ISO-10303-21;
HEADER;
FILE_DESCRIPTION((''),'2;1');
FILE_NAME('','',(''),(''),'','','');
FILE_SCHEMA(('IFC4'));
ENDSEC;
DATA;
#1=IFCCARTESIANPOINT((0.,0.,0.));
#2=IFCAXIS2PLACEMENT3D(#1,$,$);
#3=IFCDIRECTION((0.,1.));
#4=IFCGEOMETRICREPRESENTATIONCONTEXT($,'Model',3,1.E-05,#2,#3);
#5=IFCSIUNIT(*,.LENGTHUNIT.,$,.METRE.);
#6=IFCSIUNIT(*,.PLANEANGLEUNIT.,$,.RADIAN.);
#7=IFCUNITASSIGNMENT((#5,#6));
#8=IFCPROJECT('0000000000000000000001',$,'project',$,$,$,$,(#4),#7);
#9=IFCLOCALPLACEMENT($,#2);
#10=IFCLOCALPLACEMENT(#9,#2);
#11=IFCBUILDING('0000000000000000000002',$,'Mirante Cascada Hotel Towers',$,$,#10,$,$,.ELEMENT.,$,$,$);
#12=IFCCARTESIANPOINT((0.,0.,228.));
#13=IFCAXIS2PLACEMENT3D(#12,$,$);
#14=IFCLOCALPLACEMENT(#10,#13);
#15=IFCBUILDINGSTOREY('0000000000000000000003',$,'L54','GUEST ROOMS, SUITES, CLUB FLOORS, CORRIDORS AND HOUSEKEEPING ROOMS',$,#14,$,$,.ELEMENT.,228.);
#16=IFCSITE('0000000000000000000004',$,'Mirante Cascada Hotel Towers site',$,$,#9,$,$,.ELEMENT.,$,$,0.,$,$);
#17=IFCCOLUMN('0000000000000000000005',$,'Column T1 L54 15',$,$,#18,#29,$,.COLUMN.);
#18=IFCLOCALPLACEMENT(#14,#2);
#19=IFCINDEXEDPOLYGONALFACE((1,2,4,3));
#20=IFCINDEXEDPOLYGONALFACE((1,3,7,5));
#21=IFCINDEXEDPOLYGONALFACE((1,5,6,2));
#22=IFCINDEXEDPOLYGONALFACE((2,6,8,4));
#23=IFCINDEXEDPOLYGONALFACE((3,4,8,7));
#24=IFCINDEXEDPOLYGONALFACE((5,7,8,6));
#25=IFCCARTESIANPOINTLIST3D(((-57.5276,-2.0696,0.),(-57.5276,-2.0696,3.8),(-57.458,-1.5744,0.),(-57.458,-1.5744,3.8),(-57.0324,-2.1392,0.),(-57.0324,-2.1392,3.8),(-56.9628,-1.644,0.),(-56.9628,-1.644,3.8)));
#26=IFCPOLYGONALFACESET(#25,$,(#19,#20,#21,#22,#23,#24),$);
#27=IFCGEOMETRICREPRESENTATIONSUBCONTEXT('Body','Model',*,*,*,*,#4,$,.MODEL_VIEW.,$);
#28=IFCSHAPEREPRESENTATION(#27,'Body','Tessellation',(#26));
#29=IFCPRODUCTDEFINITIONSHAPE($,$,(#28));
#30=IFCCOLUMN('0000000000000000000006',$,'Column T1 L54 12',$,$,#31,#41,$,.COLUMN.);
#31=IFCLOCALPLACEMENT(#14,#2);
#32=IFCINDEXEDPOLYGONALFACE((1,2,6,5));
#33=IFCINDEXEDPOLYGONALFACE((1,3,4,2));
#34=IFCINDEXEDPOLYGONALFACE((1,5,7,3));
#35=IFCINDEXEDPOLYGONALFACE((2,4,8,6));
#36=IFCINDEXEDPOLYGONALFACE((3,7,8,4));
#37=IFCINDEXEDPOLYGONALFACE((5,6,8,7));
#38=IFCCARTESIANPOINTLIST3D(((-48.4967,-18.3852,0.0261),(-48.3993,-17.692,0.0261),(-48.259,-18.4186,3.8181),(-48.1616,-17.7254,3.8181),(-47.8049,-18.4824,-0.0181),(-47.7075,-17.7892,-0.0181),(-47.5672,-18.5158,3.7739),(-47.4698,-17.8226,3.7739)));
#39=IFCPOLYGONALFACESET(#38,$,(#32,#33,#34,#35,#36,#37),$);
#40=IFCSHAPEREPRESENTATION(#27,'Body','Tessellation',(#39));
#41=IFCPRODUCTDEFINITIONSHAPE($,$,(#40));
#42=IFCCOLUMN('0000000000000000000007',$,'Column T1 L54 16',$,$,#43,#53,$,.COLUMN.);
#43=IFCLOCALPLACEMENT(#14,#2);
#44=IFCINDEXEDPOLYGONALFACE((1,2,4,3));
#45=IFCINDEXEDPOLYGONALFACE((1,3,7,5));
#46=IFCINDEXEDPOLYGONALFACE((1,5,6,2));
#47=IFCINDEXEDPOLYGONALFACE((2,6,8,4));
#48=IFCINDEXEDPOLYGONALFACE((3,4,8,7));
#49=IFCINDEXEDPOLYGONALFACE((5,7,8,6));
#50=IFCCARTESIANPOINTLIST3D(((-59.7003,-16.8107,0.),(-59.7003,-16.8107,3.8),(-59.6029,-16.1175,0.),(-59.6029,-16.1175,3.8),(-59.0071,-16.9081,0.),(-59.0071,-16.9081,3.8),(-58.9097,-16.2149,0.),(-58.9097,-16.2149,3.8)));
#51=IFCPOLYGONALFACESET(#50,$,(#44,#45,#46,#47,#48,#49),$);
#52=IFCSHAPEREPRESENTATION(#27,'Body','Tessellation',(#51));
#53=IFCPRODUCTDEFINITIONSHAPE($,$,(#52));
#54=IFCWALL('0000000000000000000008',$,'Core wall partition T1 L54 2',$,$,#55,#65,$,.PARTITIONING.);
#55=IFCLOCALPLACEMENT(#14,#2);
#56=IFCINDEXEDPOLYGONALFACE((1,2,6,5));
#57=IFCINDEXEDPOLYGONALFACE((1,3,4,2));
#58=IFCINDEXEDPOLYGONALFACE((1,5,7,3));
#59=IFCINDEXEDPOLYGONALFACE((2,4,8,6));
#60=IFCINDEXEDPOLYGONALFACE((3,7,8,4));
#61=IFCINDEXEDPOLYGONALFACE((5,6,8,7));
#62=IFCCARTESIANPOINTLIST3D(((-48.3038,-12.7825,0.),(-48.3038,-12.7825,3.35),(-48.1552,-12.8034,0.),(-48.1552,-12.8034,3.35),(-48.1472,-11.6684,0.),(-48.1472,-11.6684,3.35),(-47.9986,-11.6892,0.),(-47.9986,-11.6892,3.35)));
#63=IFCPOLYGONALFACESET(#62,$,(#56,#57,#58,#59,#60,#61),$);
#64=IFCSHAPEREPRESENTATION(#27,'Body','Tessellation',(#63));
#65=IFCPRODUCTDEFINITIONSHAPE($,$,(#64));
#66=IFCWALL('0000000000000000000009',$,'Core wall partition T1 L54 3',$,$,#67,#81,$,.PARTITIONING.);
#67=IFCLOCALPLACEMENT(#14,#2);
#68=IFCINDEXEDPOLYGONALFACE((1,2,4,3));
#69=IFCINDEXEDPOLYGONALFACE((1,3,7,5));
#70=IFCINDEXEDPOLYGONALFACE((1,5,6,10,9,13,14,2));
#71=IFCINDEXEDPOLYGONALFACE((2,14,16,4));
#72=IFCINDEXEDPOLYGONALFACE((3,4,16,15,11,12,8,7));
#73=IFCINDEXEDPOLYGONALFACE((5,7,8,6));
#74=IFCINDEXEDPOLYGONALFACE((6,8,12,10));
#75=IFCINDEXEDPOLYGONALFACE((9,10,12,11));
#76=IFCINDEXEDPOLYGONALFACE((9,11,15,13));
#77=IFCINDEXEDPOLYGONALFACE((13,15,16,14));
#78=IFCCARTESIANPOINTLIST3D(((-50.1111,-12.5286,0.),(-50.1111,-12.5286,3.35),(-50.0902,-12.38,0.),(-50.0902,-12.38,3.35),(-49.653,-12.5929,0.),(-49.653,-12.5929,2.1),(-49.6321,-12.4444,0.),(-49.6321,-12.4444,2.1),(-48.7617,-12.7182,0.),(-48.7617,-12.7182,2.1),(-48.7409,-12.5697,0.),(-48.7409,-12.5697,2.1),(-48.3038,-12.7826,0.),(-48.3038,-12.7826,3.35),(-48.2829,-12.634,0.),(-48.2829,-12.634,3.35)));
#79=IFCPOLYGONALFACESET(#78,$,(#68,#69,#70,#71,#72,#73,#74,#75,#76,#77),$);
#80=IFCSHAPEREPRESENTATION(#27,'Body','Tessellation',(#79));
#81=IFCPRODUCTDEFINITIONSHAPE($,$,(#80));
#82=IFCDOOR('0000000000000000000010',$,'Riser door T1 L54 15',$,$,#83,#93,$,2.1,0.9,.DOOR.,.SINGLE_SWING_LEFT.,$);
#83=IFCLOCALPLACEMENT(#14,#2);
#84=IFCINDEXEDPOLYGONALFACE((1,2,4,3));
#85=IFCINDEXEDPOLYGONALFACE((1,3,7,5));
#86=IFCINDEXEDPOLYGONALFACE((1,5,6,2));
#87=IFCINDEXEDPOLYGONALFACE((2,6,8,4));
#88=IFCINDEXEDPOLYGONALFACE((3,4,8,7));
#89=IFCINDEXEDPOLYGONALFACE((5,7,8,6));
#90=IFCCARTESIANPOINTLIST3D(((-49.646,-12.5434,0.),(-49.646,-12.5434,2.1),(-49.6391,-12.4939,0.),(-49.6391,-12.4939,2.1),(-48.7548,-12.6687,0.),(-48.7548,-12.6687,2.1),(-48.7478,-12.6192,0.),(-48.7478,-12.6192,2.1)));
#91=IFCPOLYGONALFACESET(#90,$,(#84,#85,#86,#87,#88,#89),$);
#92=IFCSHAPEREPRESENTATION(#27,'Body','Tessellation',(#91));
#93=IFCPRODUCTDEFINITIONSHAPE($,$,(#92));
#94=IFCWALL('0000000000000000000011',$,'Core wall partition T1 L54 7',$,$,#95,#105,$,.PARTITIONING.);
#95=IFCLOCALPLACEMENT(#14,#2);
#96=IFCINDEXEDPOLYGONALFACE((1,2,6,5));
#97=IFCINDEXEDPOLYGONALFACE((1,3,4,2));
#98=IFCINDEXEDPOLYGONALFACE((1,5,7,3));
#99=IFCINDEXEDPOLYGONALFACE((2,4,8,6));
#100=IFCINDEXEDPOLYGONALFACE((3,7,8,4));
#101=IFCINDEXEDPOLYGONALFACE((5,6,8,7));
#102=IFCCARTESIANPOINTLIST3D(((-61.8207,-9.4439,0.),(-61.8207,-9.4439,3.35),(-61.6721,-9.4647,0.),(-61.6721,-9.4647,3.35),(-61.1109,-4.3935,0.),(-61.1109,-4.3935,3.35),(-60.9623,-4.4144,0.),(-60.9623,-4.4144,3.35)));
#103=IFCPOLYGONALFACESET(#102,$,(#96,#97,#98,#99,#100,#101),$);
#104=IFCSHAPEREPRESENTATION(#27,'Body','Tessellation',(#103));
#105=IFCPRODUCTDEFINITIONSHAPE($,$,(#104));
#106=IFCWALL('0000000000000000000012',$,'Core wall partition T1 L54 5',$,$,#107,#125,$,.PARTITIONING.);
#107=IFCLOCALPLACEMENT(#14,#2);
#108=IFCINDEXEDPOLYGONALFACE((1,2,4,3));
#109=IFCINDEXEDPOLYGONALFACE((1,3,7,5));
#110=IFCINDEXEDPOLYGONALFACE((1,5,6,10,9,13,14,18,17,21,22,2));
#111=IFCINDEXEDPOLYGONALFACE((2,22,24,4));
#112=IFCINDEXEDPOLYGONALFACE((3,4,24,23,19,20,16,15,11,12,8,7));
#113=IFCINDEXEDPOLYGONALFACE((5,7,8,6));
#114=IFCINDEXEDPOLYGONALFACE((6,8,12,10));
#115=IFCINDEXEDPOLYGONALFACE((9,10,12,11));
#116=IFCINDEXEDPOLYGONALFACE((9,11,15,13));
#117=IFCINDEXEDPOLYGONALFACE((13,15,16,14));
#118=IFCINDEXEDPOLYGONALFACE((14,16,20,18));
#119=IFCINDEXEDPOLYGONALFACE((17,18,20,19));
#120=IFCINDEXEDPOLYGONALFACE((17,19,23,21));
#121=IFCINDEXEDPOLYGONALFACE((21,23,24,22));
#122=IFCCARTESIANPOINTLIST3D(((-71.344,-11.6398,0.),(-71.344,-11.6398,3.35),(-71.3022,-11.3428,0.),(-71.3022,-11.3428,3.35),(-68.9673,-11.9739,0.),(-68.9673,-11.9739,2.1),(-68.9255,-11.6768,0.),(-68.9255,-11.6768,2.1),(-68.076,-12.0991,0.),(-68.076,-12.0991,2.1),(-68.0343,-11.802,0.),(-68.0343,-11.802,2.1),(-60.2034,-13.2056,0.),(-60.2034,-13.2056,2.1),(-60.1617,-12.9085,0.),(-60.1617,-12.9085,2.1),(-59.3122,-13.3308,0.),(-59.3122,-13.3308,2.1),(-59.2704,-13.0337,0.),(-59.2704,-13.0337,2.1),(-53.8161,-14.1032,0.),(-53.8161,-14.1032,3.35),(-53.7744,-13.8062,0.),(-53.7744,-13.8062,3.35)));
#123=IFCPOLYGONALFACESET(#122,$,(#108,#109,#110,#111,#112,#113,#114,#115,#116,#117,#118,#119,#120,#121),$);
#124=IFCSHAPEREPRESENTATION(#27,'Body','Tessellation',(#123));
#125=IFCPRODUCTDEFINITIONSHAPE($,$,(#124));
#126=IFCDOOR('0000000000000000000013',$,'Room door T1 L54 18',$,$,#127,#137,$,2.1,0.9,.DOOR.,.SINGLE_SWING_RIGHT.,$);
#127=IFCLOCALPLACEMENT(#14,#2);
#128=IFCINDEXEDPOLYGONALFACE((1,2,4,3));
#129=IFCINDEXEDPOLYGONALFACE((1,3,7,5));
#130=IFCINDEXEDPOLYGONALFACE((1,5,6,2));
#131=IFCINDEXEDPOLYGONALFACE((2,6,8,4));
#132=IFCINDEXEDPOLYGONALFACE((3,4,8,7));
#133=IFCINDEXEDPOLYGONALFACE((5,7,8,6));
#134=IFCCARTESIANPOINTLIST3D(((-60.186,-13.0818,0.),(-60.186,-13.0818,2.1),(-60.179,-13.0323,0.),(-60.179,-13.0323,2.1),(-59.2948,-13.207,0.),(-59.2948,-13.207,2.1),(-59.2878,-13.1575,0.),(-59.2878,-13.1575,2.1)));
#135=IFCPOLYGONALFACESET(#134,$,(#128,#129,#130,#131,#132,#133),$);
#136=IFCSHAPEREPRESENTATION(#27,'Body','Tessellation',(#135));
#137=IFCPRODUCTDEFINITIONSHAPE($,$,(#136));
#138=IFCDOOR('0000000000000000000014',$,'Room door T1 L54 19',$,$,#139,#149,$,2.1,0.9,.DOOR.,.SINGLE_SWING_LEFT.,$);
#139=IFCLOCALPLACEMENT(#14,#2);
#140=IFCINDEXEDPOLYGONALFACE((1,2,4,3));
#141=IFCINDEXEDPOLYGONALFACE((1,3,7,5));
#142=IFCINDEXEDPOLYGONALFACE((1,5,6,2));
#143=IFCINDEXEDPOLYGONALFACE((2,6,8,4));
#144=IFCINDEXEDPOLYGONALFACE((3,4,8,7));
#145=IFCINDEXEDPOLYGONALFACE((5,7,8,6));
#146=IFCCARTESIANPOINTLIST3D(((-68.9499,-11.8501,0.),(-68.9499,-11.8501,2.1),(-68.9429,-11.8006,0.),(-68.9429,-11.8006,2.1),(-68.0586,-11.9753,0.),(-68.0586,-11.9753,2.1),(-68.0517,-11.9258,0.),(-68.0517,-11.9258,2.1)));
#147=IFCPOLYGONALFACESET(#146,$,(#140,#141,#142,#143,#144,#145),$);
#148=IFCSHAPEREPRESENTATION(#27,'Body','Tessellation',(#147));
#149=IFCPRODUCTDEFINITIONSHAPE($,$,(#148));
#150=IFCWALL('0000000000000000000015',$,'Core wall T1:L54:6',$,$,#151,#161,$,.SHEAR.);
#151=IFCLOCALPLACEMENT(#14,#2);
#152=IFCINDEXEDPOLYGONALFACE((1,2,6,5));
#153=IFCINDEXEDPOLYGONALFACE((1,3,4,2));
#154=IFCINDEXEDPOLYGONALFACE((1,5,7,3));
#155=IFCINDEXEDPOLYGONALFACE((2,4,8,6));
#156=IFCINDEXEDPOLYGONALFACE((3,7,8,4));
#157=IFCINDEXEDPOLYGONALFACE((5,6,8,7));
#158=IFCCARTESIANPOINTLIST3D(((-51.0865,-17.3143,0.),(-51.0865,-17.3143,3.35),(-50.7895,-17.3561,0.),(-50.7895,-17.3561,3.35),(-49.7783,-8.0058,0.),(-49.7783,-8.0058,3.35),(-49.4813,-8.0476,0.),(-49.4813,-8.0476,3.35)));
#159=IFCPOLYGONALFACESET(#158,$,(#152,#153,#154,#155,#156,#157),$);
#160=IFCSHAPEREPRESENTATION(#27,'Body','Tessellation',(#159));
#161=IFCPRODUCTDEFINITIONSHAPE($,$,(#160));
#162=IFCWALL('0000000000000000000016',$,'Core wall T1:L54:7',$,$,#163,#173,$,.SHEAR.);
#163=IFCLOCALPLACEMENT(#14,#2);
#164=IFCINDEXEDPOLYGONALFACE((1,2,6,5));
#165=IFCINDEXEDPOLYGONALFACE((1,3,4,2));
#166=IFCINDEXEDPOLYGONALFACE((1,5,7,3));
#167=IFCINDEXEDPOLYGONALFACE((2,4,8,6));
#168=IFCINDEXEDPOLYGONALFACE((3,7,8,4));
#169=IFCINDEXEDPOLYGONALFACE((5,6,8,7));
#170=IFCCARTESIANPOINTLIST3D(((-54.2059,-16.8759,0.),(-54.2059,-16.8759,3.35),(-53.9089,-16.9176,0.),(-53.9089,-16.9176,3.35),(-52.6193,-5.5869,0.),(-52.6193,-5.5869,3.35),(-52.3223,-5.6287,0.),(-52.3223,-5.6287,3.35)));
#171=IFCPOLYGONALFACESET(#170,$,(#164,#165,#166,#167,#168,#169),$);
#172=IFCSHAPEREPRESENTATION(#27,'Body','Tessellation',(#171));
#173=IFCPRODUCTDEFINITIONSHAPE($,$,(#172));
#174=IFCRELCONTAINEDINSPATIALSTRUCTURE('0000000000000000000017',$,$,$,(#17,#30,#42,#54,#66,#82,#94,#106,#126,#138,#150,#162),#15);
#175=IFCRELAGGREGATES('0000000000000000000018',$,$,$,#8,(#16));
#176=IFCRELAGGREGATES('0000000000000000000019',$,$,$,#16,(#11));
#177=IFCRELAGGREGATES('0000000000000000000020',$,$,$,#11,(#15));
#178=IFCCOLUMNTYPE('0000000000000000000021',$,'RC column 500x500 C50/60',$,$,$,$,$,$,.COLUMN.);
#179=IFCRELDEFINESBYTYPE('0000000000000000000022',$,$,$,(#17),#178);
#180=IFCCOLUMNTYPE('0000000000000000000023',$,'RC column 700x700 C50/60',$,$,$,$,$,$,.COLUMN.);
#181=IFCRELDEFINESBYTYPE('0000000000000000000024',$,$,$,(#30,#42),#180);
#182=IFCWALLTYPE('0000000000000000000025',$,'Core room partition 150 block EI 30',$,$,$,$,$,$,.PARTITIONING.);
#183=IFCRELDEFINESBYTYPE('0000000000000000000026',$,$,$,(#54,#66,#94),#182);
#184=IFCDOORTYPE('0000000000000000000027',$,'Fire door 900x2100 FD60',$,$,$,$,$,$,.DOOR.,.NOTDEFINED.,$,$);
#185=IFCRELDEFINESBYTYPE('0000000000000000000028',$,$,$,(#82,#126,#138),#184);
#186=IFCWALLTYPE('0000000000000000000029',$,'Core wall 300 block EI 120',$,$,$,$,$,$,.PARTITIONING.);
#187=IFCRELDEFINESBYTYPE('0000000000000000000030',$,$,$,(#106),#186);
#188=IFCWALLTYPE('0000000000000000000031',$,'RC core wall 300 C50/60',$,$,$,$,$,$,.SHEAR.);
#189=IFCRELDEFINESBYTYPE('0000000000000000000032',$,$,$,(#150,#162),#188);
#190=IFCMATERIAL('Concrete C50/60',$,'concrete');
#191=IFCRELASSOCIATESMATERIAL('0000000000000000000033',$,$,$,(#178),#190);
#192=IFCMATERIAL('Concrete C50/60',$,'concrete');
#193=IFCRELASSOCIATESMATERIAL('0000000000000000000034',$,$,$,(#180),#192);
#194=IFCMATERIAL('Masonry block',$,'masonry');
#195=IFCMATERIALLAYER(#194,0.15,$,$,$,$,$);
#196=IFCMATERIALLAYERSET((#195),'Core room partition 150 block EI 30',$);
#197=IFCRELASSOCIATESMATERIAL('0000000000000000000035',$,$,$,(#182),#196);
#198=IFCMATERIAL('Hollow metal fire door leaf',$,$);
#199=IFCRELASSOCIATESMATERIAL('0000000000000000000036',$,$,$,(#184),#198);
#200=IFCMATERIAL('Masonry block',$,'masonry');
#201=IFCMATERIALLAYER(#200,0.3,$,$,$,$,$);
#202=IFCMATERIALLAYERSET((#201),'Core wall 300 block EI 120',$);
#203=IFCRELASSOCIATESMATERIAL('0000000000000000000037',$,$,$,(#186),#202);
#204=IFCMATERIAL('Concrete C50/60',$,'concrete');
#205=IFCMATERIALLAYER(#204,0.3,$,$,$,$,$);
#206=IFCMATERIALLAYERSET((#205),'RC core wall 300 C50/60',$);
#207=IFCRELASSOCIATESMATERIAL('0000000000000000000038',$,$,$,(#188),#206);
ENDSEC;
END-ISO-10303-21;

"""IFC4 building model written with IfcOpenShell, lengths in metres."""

from ifc_helpers import new_model, si_unit, direction, frame, frame_2d, origin, origin_2d, place, context, subcontext, project, spatial, rectangle, extrude, material, layer, layer_set, material_profile, profile_set, type_object, element, fill, save


model = new_model("IFC4")

# Units and contexts
model_context = context("Model", 3, precision=1e-05, world=origin(), true_north=direction((0.0, 1.0)))
body_context = subcontext(model_context, "Body", "Model", "MODEL_VIEW")
ifc_project = project(units=[si_unit("LENGTHUNIT", "METRE"), si_unit("PLANEANGLEUNIT", "RADIAN")], contexts=[model_context])

# Site, building, storey
site_placement = place(None, origin())
site = spatial("IfcSite", under=ifc_project, at=site_placement, Name="Mirante Cascada Hotel Towers site", CompositionType="ELEMENT", RefElevation=0.0)
building_placement = place(site_placement, origin())
building = spatial("IfcBuilding", under=site, at=building_placement, Name="Mirante Cascada Hotel Towers", CompositionType="ELEMENT")
storey_placement = place(building_placement, frame((0.0, 0.0, 228.0)))
storey = spatial("IfcBuildingStorey", under=building, at=storey_placement, Name="L54", Description="GUEST ROOMS, SUITES, CLUB FLOORS, CORRIDORS AND HOUSEKEEPING ROOMS", CompositionType="ELEMENT", Elevation=228.0)

# Columns
ifc_material_1 = material(Name="Concrete C50/60", Category="concrete")
ifc_material_profile_1 = material_profile(ifc_material_1, rectangle(XDim=0.5, YDim=0.5, at=origin_2d()), Name="RC column 500x500 C50/60")
ifc_profile_set_1 = profile_set([ifc_material_profile_1], Name="Concrete C50/60")
column_type_1 = type_object("IfcColumnType", Name="RC column 500x500 C50/60", PredefinedType="COLUMN", material=ifc_profile_set_1)
column_1_placement = place(storey_placement, frame((-57.2452, -1.8568, 0.0), z_axis=(0.0, 0.0, 1.0), x_axis=(-0.990268, 0.139173, 0.0)))
element("IfcColumn", 1, at=column_1_placement, inside=storey, type_object=column_type_1, Name="Column T1 L54 15", PredefinedType="COLUMN", context=body_context, shape_type="SweptSolid", body=[
    extrude(rectangle(XDim=0.5, YDim=0.5, at=origin_2d()), origin(), (0.0, 0.0, 1.0), 3.8),
])
ifc_material_2 = material(Name="Concrete C50/60", Category="concrete")
ifc_material_profile_2 = material_profile(ifc_material_2, rectangle(XDim=0.7, YDim=0.7, at=origin_2d()), Name="RC column 700x700 C50/60")
ifc_profile_set_2 = profile_set([ifc_material_profile_2], Name="Concrete C50/60")
column_type_2 = type_object("IfcColumnType", Name="RC column 700x700 C50/60", PredefinedType="COLUMN", material=ifc_profile_set_2)
column_2_placement = place(storey_placement, frame((-48.1021, -18.0872, 0.004), z_axis=(0.062559, -0.00879, 0.998003), x_axis=(0.139146, 0.990272, 0.0)))
element("IfcColumn", 2, at=column_2_placement, inside=storey, type_object=column_type_2, Name="Column T1 L54 12", PredefinedType="COLUMN", context=body_context, shape_type="SweptSolid", body=[
    extrude(rectangle(XDim=0.7, YDim=0.7, at=origin_2d()), origin(), (0.0, 0.0, 1.0), 3.7996),
])
column_3_placement = place(storey_placement, frame((-59.305, -16.5128, 0.0), z_axis=(0.0, 0.0, 1.0), x_axis=(-0.990268, 0.139173, 0.0)))
element("IfcColumn", 3, at=column_3_placement, inside=storey, type_object=column_type_2, Name="Column T1 L54 16", PredefinedType="COLUMN", context=body_context, shape_type="SweptSolid", body=[
    extrude(rectangle(XDim=0.7, YDim=0.7, at=origin_2d()), origin(), (0.0, 0.0, 1.0), 3.8),
])

# Wall
ifc_material_3 = material(Name="Masonry block", Category="masonry")
ifc_layer_1 = layer(ifc_material_3, 0.15)
ifc_layer_set_1 = layer_set([ifc_layer_1], Name="Core room partition 150 block EI 30")
wall_type_1 = type_object("IfcWallType", Name="Core room partition 150 block EI 30", PredefinedType="PARTITIONING", material=ifc_layer_set_1)
wall_1_placement = place(storey_placement, frame((-48.2295, -12.793, 0.0), z_axis=(0.0, 0.0, 1.0), x_axis=(0.139193, 0.990265, 0.0)))
element("IfcWall", 4, at=wall_1_placement, inside=storey, type_object=wall_type_1, Name="Core wall partition T1 L54 2", PredefinedType="PARTITIONING", context=body_context, shape_type="SweptSolid", body=[
    extrude(rectangle(XDim=1.1251, YDim=0.15, at=frame_2d((0.5626, 0.0))), origin(), (0.0, 0.0, 1.0), 3.35),
])

# Wall, opening, door
wall_2_placement = place(storey_placement, frame((-48.2933, -12.7083, 0.0), z_axis=(0.0, 0.0, 1.0), x_axis=(-0.990268, 0.139173, 0.0)))
wall_2 = element("IfcWall", 5, at=wall_2_placement, inside=storey, type_object=wall_type_1, Name="Core wall partition T1 L54 3", PredefinedType="PARTITIONING", context=body_context, shape_type="SweptSolid", body=[
    extrude(rectangle(XDim=1.8251, YDim=0.15, at=frame_2d((0.9126, 0.0))), origin(), (0.0, 0.0, 1.0), 3.35),
])
opening_1_placement = place(wall_2_placement, frame((0.4625, 0.0, 0.0)))
opening_1 = element("IfcOpeningElement", 6, at=opening_1_placement, cuts=wall_2, PredefinedType="OPENING", context=body_context, shape_type="SweptSolid", body=[
    extrude(rectangle(XDim=0.9, YDim=2.1, at=frame_2d((0.45, 1.05))), frame((0.0, 0.075, 0.0), z_axis=(0.0, -1.0, 0.0), x_axis=(1.0, 0.0, 0.0)), (0.0, 0.0, 1.0), 0.15),
])
ifc_material_4 = material(Name="Hollow metal fire door leaf")
door_type_1 = type_object("IfcDoorType", Name="Fire door 900x2100 FD60", OperationType="NOTDEFINED", PredefinedType="DOOR", material=ifc_material_4)
door_1_placement = place(opening_1_placement, origin())
door_1 = element("IfcDoor", 7, at=door_1_placement, inside=storey, type_object=door_type_1, Name="Riser door T1 L54 15", OperationType="SINGLE_SWING_LEFT", OverallHeight=2.1, OverallWidth=0.9, PredefinedType="DOOR", context=body_context, shape_type="SweptSolid", body=[
    extrude(rectangle(XDim=0.9, YDim=2.1, at=frame_2d((0.45, 1.05))), frame((0.0, 0.025, 0.0), z_axis=(0.0, -1.0, 0.0), x_axis=(1.0, 0.0, 0.0)), (0.0, 0.0, 1.0), 0.05),
])
fill(opening_1, door_1)

# Wall
wall_3_placement = place(storey_placement, frame((-61.7464, -9.4543, 0.0), z_axis=(0.0, 0.0, 1.0), x_axis=(0.139176, 0.990268, 0.0)))
element("IfcWall", 8, at=wall_3_placement, inside=storey, type_object=wall_type_1, Name="Core wall partition T1 L54 7", PredefinedType="PARTITIONING", context=body_context, shape_type="SweptSolid", body=[
    extrude(rectangle(XDim=5.1, YDim=0.15, at=frame_2d((2.55, 0.0))), origin(), (0.0, 0.0, 1.0), 3.35),
])

# Wall, openings, doors
ifc_material_5 = material(Name="Masonry block", Category="masonry")
ifc_layer_2 = layer(ifc_material_5, 0.3)
ifc_layer_set_2 = layer_set([ifc_layer_2], Name="Core wall 300 block EI 120")
wall_type_2 = type_object("IfcWallType", Name="Core wall 300 block EI 120", PredefinedType="PARTITIONING", material=ifc_layer_set_2)
wall_4_placement = place(storey_placement, frame((-53.7953, -13.9547, 0.0), z_axis=(0.0, 0.0, 1.0), x_axis=(-0.990268, 0.139175, 0.0)))
wall_4 = element("IfcWall", 9, at=wall_4_placement, inside=storey, type_object=wall_type_2, Name="Core wall partition T1 L54 5", PredefinedType="PARTITIONING", context=body_context, shape_type="SweptSolid", body=[
    extrude(rectangle(XDim=17.7001, YDim=0.3, at=frame_2d((8.85, 0.0))), origin(), (0.0, 0.0, 1.0), 3.35),
])
opening_2_placement = place(wall_4_placement, frame((5.55, 0.0, 0.0)))
opening_2 = element("IfcOpeningElement", 10, at=opening_2_placement, cuts=wall_4, PredefinedType="OPENING", context=body_context, shape_type="SweptSolid", body=[
    extrude(rectangle(XDim=0.9, YDim=2.1, at=frame_2d((0.45, 1.05))), frame((0.0, 0.15, 0.0), z_axis=(0.0, -1.0, 0.0), x_axis=(1.0, 0.0, 0.0)), (0.0, 0.0, 1.0), 0.3),
])
opening_3_placement = place(wall_4_placement, frame((14.4, 0.0, 0.0)))
opening_3 = element("IfcOpeningElement", 11, at=opening_3_placement, cuts=wall_4, PredefinedType="OPENING", context=body_context, shape_type="SweptSolid", body=[
    extrude(rectangle(XDim=0.9, YDim=2.1, at=frame_2d((0.45, 1.05))), frame((0.0, 0.15, 0.0), z_axis=(0.0, -1.0, 0.0), x_axis=(1.0, 0.0, 0.0)), (0.0, 0.0, 1.0), 0.3),
])
door_2_placement = place(opening_2_placement, origin())
door_2 = element("IfcDoor", 12, at=door_2_placement, inside=storey, type_object=door_type_1, Name="Room door T1 L54 18", OperationType="SINGLE_SWING_RIGHT", OverallHeight=2.1, OverallWidth=0.9, PredefinedType="DOOR", context=body_context, shape_type="SweptSolid", body=[
    extrude(rectangle(XDim=0.9, YDim=2.1, at=frame_2d((0.45, 1.05))), frame((0.0, 0.025, 0.0), z_axis=(0.0, -1.0, 0.0), x_axis=(1.0, 0.0, 0.0)), (0.0, 0.0, 1.0), 0.05),
])
fill(opening_2, door_2)
door_3_placement = place(opening_3_placement, origin())
door_3 = element("IfcDoor", 13, at=door_3_placement, inside=storey, type_object=door_type_1, Name="Room door T1 L54 19", OperationType="SINGLE_SWING_LEFT", OverallHeight=2.1, OverallWidth=0.9, PredefinedType="DOOR", context=body_context, shape_type="SweptSolid", body=[
    extrude(rectangle(XDim=0.9, YDim=2.1, at=frame_2d((0.45, 1.05))), frame((0.0, 0.025, 0.0), z_axis=(0.0, -1.0, 0.0), x_axis=(1.0, 0.0, 0.0)), (0.0, 0.0, 1.0), 0.05),
])
fill(opening_3, door_3)

# Walls
ifc_material_6 = material(Name="Concrete C50/60", Category="concrete")
ifc_layer_3 = layer(ifc_material_6, 0.3)
ifc_layer_set_3 = layer_set([ifc_layer_3], Name="RC core wall 300 C50/60")
wall_type_3 = type_object("IfcWallType", Name="RC core wall 300 C50/60", PredefinedType="SHEAR", material=ifc_layer_set_3)
wall_5_placement = place(storey_placement, frame((-50.938, -17.3352, 0.0), z_axis=(0.0, 0.0, 1.0), x_axis=(0.139171, 0.990268, 0.0)))
element("IfcWall", 14, at=wall_5_placement, inside=storey, type_object=wall_type_3, Name="Core wall T1:L54:6", PredefinedType="SHEAR", context=body_context, shape_type="SweptSolid", body=[
    extrude(rectangle(XDim=9.4, YDim=0.3, at=frame_2d((4.7, 0.0))), origin(), (0.0, 0.0, 1.0), 3.35),
])
wall_6_placement = place(storey_placement, frame((-54.0574, -16.8968, 0.0), z_axis=(0.0, 0.0, 1.0), x_axis=(0.139176, 0.990268, 0.0)))
element("IfcWall", 15, at=wall_6_placement, inside=storey, type_object=wall_type_3, Name="Core wall T1:L54:7", PredefinedType="SHEAR", context=body_context, shape_type="SweptSolid", body=[
    extrude(rectangle(XDim=11.3999, YDim=0.3, at=frame_2d((5.7, 0.0))), origin(), (0.0, 0.0, 1.0), 3.35),
])

save(model, "model.ifc")
